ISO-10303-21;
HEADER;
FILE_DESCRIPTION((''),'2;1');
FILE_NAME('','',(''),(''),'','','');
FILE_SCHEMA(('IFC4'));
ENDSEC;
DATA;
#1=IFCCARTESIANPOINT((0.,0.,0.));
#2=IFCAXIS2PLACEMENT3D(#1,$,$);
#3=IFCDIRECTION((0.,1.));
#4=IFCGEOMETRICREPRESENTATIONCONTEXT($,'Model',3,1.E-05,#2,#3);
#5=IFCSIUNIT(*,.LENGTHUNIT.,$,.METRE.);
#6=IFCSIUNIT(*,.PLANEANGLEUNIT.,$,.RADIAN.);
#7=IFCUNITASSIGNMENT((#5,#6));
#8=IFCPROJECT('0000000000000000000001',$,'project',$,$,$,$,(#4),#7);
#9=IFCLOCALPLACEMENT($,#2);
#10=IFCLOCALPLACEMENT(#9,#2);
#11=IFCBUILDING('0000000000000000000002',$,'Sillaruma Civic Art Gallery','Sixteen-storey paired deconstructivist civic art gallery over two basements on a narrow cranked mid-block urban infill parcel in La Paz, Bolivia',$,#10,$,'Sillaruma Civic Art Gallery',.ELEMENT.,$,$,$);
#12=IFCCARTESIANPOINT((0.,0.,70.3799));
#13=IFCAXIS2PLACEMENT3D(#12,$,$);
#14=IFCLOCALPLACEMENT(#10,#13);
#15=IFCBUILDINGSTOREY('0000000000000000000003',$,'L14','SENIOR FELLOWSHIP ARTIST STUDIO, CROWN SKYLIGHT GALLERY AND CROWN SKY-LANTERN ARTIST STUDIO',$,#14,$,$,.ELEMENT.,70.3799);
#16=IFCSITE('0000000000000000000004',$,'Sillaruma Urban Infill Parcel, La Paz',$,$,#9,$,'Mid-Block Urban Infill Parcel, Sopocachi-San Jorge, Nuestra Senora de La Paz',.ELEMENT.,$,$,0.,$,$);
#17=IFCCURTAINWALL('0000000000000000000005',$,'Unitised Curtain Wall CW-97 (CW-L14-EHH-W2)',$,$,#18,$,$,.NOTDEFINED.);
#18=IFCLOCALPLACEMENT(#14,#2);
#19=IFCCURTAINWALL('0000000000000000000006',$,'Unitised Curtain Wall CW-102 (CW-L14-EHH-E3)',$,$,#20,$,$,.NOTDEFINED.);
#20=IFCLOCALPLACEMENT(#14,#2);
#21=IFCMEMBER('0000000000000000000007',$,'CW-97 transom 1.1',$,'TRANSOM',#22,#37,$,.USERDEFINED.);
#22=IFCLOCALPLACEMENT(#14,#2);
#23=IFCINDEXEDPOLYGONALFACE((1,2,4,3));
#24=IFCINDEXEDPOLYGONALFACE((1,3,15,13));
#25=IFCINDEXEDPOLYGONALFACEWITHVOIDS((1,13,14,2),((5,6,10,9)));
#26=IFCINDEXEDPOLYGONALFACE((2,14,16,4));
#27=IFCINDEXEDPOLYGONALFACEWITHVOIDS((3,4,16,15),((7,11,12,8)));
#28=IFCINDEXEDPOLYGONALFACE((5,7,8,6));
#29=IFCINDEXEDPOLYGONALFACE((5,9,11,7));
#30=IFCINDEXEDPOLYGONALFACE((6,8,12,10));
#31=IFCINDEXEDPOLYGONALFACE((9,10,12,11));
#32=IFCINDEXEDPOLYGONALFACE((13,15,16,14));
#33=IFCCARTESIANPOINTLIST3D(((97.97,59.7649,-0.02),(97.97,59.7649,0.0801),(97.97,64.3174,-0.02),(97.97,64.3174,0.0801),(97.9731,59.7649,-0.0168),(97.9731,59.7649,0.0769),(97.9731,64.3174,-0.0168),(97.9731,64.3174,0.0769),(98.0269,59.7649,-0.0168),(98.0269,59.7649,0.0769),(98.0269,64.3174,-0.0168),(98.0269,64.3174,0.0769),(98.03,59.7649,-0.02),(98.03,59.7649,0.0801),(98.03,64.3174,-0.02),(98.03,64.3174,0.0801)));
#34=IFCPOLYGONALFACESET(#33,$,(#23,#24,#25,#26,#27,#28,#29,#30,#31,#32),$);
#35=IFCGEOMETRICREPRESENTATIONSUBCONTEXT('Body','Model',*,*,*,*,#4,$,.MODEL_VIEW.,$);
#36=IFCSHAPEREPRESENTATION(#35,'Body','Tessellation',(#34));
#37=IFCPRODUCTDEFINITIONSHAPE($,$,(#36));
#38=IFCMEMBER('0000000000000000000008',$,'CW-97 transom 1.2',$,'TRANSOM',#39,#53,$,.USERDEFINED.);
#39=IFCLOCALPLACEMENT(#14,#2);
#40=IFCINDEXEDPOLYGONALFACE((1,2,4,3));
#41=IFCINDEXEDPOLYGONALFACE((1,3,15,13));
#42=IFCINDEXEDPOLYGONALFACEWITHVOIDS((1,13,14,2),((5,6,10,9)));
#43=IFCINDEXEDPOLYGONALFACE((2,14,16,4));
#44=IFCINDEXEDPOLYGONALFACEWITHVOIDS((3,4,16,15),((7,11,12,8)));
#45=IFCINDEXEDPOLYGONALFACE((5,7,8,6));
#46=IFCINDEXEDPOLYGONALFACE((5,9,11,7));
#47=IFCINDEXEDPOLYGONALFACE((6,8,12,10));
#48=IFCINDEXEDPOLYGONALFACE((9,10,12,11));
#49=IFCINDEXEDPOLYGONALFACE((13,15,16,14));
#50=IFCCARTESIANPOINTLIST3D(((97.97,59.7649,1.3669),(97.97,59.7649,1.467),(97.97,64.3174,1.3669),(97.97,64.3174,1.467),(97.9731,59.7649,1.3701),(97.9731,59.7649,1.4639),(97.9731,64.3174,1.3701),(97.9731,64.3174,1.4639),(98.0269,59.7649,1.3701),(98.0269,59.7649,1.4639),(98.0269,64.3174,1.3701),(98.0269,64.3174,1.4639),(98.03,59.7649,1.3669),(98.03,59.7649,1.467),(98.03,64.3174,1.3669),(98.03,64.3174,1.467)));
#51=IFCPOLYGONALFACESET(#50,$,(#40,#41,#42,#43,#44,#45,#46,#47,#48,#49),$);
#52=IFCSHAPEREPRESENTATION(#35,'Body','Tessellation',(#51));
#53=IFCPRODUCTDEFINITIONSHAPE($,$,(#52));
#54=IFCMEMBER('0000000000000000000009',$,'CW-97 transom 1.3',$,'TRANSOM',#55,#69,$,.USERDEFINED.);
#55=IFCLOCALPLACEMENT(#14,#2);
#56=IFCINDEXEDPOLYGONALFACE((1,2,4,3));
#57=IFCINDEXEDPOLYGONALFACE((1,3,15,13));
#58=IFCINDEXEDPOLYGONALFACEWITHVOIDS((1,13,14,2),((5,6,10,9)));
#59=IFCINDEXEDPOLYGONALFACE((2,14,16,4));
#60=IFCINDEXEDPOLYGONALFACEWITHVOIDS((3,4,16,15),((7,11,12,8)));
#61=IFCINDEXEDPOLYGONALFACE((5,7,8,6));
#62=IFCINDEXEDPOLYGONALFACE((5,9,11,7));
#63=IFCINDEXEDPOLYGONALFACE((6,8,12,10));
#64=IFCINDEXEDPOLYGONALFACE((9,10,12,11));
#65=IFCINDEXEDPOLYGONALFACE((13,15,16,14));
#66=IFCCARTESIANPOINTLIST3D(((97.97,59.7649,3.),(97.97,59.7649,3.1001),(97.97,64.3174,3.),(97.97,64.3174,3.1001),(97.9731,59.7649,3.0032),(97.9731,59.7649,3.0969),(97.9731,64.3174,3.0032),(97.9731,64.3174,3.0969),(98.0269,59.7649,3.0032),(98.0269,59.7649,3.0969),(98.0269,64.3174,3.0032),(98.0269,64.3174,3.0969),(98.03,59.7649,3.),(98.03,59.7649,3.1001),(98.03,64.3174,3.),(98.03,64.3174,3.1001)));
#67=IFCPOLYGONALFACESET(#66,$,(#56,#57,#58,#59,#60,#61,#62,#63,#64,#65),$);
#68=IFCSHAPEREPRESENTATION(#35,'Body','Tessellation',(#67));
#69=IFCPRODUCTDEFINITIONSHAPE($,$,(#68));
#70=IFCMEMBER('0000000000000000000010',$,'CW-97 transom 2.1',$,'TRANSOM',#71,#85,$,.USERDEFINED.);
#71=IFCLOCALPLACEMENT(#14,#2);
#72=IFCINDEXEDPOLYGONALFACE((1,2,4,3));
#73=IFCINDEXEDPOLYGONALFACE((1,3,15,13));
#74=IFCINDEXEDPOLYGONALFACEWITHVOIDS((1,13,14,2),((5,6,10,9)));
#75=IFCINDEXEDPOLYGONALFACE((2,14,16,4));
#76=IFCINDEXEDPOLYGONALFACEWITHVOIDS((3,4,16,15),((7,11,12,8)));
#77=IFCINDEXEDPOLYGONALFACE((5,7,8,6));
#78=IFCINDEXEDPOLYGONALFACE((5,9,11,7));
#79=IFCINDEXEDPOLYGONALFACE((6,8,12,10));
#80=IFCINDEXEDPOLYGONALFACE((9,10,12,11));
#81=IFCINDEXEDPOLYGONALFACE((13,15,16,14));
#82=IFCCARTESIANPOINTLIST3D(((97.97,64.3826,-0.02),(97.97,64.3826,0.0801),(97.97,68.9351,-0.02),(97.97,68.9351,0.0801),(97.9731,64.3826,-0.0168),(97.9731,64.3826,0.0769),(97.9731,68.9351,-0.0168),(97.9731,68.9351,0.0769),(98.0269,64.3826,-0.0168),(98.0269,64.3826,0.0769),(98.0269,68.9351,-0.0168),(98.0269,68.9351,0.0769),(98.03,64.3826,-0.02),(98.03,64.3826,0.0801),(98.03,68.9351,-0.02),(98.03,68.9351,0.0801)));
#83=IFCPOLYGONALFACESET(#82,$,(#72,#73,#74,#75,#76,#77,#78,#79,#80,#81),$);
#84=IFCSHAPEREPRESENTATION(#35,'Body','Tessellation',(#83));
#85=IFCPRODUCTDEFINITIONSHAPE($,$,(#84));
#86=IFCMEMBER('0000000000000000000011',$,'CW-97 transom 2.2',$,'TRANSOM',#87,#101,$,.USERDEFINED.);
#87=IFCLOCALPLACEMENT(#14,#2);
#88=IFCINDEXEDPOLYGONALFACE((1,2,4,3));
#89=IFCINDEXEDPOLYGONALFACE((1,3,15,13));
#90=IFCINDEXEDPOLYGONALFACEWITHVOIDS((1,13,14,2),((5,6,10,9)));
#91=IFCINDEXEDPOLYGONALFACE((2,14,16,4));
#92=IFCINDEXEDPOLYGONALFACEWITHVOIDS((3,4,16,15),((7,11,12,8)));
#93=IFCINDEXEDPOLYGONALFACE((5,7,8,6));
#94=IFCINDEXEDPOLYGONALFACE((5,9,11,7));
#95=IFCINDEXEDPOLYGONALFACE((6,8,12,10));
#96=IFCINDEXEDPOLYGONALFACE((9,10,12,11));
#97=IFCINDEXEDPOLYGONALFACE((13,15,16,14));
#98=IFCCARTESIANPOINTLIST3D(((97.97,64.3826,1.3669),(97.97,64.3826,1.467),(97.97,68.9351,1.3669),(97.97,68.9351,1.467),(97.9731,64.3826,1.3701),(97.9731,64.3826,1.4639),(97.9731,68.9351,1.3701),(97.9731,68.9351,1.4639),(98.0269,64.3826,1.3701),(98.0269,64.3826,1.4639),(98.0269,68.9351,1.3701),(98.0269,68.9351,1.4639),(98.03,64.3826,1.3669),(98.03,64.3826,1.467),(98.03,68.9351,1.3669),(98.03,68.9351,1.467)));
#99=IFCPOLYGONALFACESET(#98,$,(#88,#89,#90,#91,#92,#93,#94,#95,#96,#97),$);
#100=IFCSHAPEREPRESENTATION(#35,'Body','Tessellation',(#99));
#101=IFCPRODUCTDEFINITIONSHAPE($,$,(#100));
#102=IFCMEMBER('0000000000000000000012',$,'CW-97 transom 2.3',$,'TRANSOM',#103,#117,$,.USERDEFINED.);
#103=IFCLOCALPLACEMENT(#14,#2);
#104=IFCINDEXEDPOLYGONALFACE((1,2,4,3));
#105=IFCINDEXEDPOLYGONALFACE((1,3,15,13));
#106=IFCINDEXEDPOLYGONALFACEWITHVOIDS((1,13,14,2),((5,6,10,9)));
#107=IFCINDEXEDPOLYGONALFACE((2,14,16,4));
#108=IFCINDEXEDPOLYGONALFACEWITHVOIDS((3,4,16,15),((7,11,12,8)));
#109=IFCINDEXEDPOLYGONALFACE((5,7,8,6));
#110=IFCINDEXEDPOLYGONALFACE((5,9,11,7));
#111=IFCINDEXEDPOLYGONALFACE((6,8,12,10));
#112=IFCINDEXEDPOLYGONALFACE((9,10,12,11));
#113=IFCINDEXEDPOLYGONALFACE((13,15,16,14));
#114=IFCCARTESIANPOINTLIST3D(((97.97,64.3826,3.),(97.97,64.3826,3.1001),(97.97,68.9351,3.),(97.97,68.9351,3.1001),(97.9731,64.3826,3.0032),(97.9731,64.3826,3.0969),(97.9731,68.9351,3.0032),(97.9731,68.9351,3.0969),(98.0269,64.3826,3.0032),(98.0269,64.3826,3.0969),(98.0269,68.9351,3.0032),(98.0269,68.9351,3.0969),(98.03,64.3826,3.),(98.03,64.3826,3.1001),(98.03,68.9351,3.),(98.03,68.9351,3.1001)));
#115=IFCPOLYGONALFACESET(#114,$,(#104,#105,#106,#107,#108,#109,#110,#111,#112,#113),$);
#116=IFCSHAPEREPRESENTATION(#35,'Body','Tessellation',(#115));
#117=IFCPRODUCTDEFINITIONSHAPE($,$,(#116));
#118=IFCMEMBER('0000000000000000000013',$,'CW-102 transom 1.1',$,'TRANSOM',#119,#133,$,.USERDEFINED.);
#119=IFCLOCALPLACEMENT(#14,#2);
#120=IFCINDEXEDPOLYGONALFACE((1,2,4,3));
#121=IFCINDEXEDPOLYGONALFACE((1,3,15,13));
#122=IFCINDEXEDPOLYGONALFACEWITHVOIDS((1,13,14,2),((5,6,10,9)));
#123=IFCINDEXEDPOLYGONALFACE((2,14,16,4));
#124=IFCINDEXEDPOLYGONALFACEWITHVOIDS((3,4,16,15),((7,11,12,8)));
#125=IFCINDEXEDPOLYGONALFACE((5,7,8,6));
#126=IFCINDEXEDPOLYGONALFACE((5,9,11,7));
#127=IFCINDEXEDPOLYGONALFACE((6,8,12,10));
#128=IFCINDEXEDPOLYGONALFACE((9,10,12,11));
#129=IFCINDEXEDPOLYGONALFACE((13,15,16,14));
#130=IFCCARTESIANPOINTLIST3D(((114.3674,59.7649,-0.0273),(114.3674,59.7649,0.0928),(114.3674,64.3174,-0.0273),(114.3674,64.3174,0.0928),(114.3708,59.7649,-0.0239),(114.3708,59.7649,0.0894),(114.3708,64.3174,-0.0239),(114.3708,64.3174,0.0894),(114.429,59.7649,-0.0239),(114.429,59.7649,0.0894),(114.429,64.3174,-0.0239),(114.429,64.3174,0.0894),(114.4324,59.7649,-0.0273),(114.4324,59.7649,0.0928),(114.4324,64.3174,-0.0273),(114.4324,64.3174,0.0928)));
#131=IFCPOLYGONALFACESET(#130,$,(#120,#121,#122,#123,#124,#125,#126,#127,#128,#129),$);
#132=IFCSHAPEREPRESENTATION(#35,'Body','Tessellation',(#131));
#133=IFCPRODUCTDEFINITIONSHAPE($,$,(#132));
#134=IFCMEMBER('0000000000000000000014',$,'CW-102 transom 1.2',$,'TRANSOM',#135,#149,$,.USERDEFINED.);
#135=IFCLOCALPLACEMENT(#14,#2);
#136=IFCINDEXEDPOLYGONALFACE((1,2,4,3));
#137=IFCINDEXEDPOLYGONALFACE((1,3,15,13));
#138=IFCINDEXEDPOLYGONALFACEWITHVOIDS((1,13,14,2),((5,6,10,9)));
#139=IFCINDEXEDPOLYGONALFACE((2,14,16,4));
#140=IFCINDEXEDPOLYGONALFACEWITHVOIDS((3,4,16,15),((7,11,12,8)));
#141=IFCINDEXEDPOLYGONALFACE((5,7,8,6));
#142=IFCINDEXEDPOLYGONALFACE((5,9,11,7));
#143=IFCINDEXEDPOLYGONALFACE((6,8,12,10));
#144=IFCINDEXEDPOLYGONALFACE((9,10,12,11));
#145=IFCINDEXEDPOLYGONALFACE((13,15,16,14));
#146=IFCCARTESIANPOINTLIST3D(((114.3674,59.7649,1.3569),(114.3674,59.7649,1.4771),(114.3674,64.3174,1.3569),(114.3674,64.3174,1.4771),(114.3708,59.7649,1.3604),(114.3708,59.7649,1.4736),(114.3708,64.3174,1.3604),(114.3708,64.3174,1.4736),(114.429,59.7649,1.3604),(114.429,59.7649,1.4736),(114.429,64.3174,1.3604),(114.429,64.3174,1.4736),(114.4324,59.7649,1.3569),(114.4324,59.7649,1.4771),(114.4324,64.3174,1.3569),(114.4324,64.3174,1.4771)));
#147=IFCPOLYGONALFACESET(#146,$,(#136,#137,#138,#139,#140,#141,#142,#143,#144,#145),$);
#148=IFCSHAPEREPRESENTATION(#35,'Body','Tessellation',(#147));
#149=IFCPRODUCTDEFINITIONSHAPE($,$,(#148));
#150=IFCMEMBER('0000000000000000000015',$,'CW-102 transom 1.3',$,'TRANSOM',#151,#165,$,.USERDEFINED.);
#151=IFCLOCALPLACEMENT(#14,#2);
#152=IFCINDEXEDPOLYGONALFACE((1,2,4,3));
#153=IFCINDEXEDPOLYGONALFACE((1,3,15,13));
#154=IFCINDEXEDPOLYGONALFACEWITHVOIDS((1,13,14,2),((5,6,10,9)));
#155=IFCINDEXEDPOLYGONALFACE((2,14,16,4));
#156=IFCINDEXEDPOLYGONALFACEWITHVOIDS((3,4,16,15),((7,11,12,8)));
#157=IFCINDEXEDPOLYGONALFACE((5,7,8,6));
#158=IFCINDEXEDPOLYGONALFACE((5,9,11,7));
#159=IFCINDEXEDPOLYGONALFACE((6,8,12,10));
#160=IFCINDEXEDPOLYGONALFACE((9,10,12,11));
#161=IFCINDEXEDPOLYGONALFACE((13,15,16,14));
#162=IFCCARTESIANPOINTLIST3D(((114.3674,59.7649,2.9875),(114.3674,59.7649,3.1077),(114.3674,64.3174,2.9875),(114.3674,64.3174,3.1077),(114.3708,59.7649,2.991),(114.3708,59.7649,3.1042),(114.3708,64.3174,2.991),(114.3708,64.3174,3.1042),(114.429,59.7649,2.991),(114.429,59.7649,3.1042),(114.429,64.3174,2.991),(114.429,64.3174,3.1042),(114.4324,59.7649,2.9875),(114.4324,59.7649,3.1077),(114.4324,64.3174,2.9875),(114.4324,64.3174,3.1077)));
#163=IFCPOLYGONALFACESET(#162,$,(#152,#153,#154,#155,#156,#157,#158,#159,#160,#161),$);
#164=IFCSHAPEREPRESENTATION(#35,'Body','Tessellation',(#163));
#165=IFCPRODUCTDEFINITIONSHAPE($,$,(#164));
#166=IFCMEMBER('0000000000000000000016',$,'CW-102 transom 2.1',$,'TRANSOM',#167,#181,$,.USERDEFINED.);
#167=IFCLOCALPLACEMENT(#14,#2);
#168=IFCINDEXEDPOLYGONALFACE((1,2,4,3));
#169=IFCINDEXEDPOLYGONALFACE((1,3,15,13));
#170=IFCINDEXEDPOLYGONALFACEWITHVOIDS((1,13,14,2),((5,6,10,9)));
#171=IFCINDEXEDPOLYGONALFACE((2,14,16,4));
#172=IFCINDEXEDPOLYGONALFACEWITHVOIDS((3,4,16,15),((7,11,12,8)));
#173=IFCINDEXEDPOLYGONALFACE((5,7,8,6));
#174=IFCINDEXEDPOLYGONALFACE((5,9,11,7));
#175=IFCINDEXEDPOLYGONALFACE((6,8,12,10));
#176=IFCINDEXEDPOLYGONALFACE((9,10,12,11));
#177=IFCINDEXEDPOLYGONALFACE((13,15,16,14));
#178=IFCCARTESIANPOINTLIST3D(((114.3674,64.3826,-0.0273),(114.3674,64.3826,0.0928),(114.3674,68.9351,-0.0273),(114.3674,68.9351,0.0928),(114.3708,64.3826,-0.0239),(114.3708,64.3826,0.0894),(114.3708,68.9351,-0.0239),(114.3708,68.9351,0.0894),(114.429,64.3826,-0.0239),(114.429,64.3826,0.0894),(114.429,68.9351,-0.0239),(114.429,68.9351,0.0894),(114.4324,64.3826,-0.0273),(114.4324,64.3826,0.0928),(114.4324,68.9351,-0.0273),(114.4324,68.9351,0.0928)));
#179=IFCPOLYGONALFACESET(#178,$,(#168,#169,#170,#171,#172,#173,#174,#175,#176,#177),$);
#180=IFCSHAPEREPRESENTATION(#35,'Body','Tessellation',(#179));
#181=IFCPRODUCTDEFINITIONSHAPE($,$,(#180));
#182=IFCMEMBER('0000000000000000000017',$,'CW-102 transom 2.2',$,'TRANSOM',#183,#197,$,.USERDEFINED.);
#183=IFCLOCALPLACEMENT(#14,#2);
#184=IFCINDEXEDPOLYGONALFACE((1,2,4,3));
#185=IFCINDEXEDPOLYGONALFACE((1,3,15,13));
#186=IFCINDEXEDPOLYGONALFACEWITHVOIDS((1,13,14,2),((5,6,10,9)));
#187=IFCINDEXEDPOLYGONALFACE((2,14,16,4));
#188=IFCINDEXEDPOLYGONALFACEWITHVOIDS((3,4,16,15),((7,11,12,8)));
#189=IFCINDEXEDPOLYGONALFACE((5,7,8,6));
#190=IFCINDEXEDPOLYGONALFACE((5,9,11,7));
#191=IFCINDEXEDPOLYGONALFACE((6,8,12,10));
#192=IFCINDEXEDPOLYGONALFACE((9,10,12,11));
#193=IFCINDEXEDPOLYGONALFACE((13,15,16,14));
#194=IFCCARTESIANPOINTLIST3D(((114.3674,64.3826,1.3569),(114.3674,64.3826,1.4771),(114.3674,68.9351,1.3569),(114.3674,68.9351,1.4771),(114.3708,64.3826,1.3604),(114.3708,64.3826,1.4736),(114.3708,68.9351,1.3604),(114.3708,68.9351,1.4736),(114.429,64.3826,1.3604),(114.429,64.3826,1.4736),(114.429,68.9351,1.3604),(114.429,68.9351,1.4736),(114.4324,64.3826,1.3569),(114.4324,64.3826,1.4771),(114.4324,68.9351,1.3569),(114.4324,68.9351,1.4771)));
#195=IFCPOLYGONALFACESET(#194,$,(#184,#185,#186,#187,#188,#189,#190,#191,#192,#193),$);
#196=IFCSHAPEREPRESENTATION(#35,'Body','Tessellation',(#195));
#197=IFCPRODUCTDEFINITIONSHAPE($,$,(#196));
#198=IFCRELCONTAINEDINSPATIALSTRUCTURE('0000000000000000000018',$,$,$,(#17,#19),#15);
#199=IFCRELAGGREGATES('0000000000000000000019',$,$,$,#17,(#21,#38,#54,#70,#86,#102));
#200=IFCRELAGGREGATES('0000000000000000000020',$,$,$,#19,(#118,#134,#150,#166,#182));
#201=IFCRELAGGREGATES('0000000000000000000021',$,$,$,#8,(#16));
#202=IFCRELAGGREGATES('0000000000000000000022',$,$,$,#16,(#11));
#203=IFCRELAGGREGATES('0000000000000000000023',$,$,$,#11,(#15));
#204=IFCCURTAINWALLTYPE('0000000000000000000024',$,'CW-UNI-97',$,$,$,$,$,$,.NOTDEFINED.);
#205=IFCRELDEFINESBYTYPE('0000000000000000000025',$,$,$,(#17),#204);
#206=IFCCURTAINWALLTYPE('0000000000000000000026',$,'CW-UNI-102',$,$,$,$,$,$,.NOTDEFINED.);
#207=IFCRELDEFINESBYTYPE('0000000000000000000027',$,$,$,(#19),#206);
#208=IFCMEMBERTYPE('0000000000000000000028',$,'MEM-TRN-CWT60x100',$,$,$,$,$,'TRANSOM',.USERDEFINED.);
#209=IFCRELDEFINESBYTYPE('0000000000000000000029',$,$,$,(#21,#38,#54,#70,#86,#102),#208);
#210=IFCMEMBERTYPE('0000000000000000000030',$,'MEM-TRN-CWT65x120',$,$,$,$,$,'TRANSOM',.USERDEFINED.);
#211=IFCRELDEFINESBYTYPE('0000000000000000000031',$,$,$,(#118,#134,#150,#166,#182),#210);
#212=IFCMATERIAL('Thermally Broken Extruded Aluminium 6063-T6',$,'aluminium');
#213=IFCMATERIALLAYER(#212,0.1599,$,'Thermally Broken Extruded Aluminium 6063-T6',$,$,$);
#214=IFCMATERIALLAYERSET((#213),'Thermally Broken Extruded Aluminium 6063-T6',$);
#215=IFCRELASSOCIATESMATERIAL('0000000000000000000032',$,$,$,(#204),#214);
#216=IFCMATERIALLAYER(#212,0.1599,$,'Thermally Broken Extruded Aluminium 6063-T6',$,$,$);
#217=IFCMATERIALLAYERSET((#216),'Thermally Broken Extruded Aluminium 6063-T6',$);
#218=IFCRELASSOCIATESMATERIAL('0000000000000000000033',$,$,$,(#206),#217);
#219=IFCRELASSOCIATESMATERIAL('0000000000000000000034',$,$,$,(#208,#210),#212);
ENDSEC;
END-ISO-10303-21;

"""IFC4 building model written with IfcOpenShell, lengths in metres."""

from ifc_helpers import new_model, si_unit, direction, frame, origin, origin_2d, place, context, subcontext, project, spatial, hollow_rectangle, extrude, material, layer, layer_set, material_profile, profile_set, type_object, element, aggregate, save


model = new_model("IFC4")

# Units and contexts
model_context = context("Model", 3, precision=1e-05, world=origin(), true_north=direction((0.0, 1.0)))
body_context = subcontext(model_context, "Body", "Model", "MODEL_VIEW")
ifc_project = project(units=[si_unit("LENGTHUNIT", "METRE"), si_unit("PLANEANGLEUNIT", "RADIAN")], contexts=[model_context])

# Site, building, storey
site_placement = place(None, origin())
site = spatial("IfcSite", under=ifc_project, at=site_placement, Name="Sillaruma Urban Infill Parcel, La Paz", LongName="Mid-Block Urban Infill Parcel, Sopocachi-San Jorge, Nuestra Senora de La Paz", CompositionType="ELEMENT", RefElevation=0.0)
building_placement = place(site_placement, origin())
building = spatial("IfcBuilding", under=site, at=building_placement, Name="Sillaruma Civic Art Gallery", Description="Sixteen-storey paired deconstructivist civic art gallery over two basements on a narrow cranked mid-block urban infill parcel in La Paz, Bolivia", LongName="Sillaruma Civic Art Gallery", CompositionType="ELEMENT")
storey_placement = place(building_placement, frame((0.0, 0.0, 70.3799)))
storey = spatial("IfcBuildingStorey", under=building, at=storey_placement, Name="L14", Description="SENIOR FELLOWSHIP ARTIST STUDIO, CROWN SKYLIGHT GALLERY AND CROWN SKY-LANTERN ARTIST STUDIO", CompositionType="ELEMENT", Elevation=70.3799)

# Curtain walls
ifc_material_1 = material(Name="Thermally Broken Extruded Aluminium 6063-T6", Category="aluminium")
ifc_layer_1 = layer(ifc_material_1, 0.1599, Name="Thermally Broken Extruded Aluminium 6063-T6")
ifc_layer_set_1 = layer_set([ifc_layer_1], Name="Thermally Broken Extruded Aluminium 6063-T6")
curtain_wall_type_1 = type_object("IfcCurtainWallType", Name="CW-UNI-97", PredefinedType="NOTDEFINED", material=ifc_layer_set_1)
curtain_wall_1_placement = place(storey_placement, origin())
curtain_wall_1 = element("IfcCurtainWall", 1, at=curtain_wall_1_placement, inside=storey, type_object=curtain_wall_type_1, Name="Unitised Curtain Wall CW-97 (CW-L14-EHH-W2)", PredefinedType="NOTDEFINED")
ifc_layer_2 = layer(ifc_material_1, 0.1599, Name="Thermally Broken Extruded Aluminium 6063-T6")
ifc_layer_set_2 = layer_set([ifc_layer_2], Name="Thermally Broken Extruded Aluminium 6063-T6")
curtain_wall_type_2 = type_object("IfcCurtainWallType", Name="CW-UNI-102", PredefinedType="NOTDEFINED", material=ifc_layer_set_2)
curtain_wall_2_placement = place(storey_placement, origin())
curtain_wall_2 = element("IfcCurtainWall", 2, at=curtain_wall_2_placement, inside=storey, type_object=curtain_wall_type_2, Name="Unitised Curtain Wall CW-102 (CW-L14-EHH-E3)", PredefinedType="NOTDEFINED")

# Members
ifc_material_profile_1 = material_profile(ifc_material_1, hollow_rectangle(XDim=0.0601, YDim=0.1001, WallThickness=0.0032, at=origin_2d()), Name="CWT60x100")
ifc_profile_set_1 = profile_set([ifc_material_profile_1], Name="Thermally Broken Extruded Aluminium 6063-T6")
member_type_1 = type_object("IfcMemberType", Name="MEM-TRN-CWT60x100", ElementType="TRANSOM", PredefinedType="USERDEFINED", material=ifc_profile_set_1)
member_1_placement = place(storey_placement, frame((98.0, 59.7649, 0.03), z_axis=(0.0, 1.0, 0.0), x_axis=(-1.0, 0.0, 0.0)))
member_1 = element("IfcMember", 3, at=member_1_placement, type_object=member_type_1, Name="CW-97 transom 1.1", ObjectType="TRANSOM", PredefinedType="USERDEFINED", context=body_context, shape_type="SweptSolid", body=[
    extrude(hollow_rectangle(XDim=0.0601, YDim=0.1001, WallThickness=0.0032, at=origin_2d()), origin(), (0.0, 0.0, 1.0), 4.5525),
])
member_2_placement = place(storey_placement, frame((98.0, 59.7649, 1.417), z_axis=(0.0, 1.0, 0.0), x_axis=(-1.0, 0.0, 0.0)))
member_2 = element("IfcMember", 4, at=member_2_placement, type_object=member_type_1, Name="CW-97 transom 1.2", ObjectType="TRANSOM", PredefinedType="USERDEFINED", context=body_context, shape_type="SweptSolid", body=[
    extrude(hollow_rectangle(XDim=0.0601, YDim=0.1001, WallThickness=0.0032, at=origin_2d()), origin(), (0.0, 0.0, 1.0), 4.5525),
])
member_3_placement = place(storey_placement, frame((98.0, 59.7649, 3.05), z_axis=(0.0, 1.0, 0.0), x_axis=(-1.0, 0.0, 0.0)))
member_3 = element("IfcMember", 5, at=member_3_placement, type_object=member_type_1, Name="CW-97 transom 1.3", ObjectType="TRANSOM", PredefinedType="USERDEFINED", context=body_context, shape_type="SweptSolid", body=[
    extrude(hollow_rectangle(XDim=0.0601, YDim=0.1001, WallThickness=0.0032, at=origin_2d()), origin(), (0.0, 0.0, 1.0), 4.5525),
])
member_4_placement = place(storey_placement, frame((98.0, 64.3826, 0.03), z_axis=(0.0, 1.0, 0.0), x_axis=(-1.0, 0.0, 0.0)))
member_4 = element("IfcMember", 6, at=member_4_placement, type_object=member_type_1, Name="CW-97 transom 2.1", ObjectType="TRANSOM", PredefinedType="USERDEFINED", context=body_context, shape_type="SweptSolid", body=[
    extrude(hollow_rectangle(XDim=0.0601, YDim=0.1001, WallThickness=0.0032, at=origin_2d()), origin(), (0.0, 0.0, 1.0), 4.5525),
])
member_5_placement = place(storey_placement, frame((98.0, 64.3826, 1.417), z_axis=(0.0, 1.0, 0.0), x_axis=(-1.0, 0.0, 0.0)))
member_5 = element("IfcMember", 7, at=member_5_placement, type_object=member_type_1, Name="CW-97 transom 2.2", ObjectType="TRANSOM", PredefinedType="USERDEFINED", context=body_context, shape_type="SweptSolid", body=[
    extrude(hollow_rectangle(XDim=0.0601, YDim=0.1001, WallThickness=0.0032, at=origin_2d()), origin(), (0.0, 0.0, 1.0), 4.5525),
])
member_6_placement = place(storey_placement, frame((98.0, 64.3826, 3.05), z_axis=(0.0, 1.0, 0.0), x_axis=(-1.0, 0.0, 0.0)))
member_6 = element("IfcMember", 8, at=member_6_placement, type_object=member_type_1, Name="CW-97 transom 2.3", ObjectType="TRANSOM", PredefinedType="USERDEFINED", context=body_context, shape_type="SweptSolid", body=[
    extrude(hollow_rectangle(XDim=0.0601, YDim=0.1001, WallThickness=0.0032, at=origin_2d()), origin(), (0.0, 0.0, 1.0), 4.5525),
])
ifc_material_profile_2 = material_profile(ifc_material_1, hollow_rectangle(XDim=0.0649, YDim=0.1201, WallThickness=0.0034, at=origin_2d()), Name="CWT65x120")
ifc_profile_set_2 = profile_set([ifc_material_profile_2], Name="Thermally Broken Extruded Aluminium 6063-T6")
member_type_2 = type_object("IfcMemberType", Name="MEM-TRN-CWT65x120", ElementType="TRANSOM", PredefinedType="USERDEFINED", material=ifc_profile_set_2)
member_7_placement = place(storey_placement, frame((114.3999, 59.7649, 0.0327), z_axis=(0.0, 1.0, 0.0), x_axis=(-1.0, 0.0, 0.0)))
member_7 = element("IfcMember", 9, at=member_7_placement, type_object=member_type_2, Name="CW-102 transom 1.1", ObjectType="TRANSOM", PredefinedType="USERDEFINED", context=body_context, shape_type="SweptSolid", body=[
    extrude(hollow_rectangle(XDim=0.0649, YDim=0.1201, WallThickness=0.0034, at=origin_2d()), origin(), (0.0, 0.0, 1.0), 4.5525),
])
member_8_placement = place(storey_placement, frame((114.3999, 59.7649, 1.417), z_axis=(0.0, 1.0, 0.0), x_axis=(-1.0, 0.0, 0.0)))
member_8 = element("IfcMember", 10, at=member_8_placement, type_object=member_type_2, Name="CW-102 transom 1.2", ObjectType="TRANSOM", PredefinedType="USERDEFINED", context=body_context, shape_type="SweptSolid", body=[
    extrude(hollow_rectangle(XDim=0.0649, YDim=0.1201, WallThickness=0.0034, at=origin_2d()), origin(), (0.0, 0.0, 1.0), 4.5525),
])
member_9_placement = place(storey_placement, frame((114.3999, 59.7649, 3.0476), z_axis=(0.0, 1.0, 0.0), x_axis=(-1.0, 0.0, 0.0)))
member_9 = element("IfcMember", 11, at=member_9_placement, type_object=member_type_2, Name="CW-102 transom 1.3", ObjectType="TRANSOM", PredefinedType="USERDEFINED", context=body_context, shape_type="SweptSolid", body=[
    extrude(hollow_rectangle(XDim=0.0649, YDim=0.1201, WallThickness=0.0034, at=origin_2d()), origin(), (0.0, 0.0, 1.0), 4.5525),
])
member_10_placement = place(storey_placement, frame((114.3999, 64.3826, 0.0327), z_axis=(0.0, 1.0, 0.0), x_axis=(-1.0, 0.0, 0.0)))
member_10 = element("IfcMember", 12, at=member_10_placement, type_object=member_type_2, Name="CW-102 transom 2.1", ObjectType="TRANSOM", PredefinedType="USERDEFINED", context=body_context, shape_type="SweptSolid", body=[
    extrude(hollow_rectangle(XDim=0.0649, YDim=0.1201, WallThickness=0.0034, at=origin_2d()), origin(), (0.0, 0.0, 1.0), 4.5525),
])
member_11_placement = place(storey_placement, frame((114.3999, 64.3826, 1.417), z_axis=(0.0, 1.0, 0.0), x_axis=(-1.0, 0.0, 0.0)))
member_11 = element("IfcMember", 13, at=member_11_placement, type_object=member_type_2, Name="CW-102 transom 2.2", ObjectType="TRANSOM", PredefinedType="USERDEFINED", context=body_context, shape_type="SweptSolid", body=[
    extrude(hollow_rectangle(XDim=0.0649, YDim=0.1201, WallThickness=0.0034, at=origin_2d()), origin(), (0.0, 0.0, 1.0), 4.5525),
])

aggregate(curtain_wall_1, [member_1, member_2, member_3, member_4, member_5, member_6])
aggregate(curtain_wall_2, [member_7, member_8, member_9, member_10, member_11])

save(model, "model.ifc")
